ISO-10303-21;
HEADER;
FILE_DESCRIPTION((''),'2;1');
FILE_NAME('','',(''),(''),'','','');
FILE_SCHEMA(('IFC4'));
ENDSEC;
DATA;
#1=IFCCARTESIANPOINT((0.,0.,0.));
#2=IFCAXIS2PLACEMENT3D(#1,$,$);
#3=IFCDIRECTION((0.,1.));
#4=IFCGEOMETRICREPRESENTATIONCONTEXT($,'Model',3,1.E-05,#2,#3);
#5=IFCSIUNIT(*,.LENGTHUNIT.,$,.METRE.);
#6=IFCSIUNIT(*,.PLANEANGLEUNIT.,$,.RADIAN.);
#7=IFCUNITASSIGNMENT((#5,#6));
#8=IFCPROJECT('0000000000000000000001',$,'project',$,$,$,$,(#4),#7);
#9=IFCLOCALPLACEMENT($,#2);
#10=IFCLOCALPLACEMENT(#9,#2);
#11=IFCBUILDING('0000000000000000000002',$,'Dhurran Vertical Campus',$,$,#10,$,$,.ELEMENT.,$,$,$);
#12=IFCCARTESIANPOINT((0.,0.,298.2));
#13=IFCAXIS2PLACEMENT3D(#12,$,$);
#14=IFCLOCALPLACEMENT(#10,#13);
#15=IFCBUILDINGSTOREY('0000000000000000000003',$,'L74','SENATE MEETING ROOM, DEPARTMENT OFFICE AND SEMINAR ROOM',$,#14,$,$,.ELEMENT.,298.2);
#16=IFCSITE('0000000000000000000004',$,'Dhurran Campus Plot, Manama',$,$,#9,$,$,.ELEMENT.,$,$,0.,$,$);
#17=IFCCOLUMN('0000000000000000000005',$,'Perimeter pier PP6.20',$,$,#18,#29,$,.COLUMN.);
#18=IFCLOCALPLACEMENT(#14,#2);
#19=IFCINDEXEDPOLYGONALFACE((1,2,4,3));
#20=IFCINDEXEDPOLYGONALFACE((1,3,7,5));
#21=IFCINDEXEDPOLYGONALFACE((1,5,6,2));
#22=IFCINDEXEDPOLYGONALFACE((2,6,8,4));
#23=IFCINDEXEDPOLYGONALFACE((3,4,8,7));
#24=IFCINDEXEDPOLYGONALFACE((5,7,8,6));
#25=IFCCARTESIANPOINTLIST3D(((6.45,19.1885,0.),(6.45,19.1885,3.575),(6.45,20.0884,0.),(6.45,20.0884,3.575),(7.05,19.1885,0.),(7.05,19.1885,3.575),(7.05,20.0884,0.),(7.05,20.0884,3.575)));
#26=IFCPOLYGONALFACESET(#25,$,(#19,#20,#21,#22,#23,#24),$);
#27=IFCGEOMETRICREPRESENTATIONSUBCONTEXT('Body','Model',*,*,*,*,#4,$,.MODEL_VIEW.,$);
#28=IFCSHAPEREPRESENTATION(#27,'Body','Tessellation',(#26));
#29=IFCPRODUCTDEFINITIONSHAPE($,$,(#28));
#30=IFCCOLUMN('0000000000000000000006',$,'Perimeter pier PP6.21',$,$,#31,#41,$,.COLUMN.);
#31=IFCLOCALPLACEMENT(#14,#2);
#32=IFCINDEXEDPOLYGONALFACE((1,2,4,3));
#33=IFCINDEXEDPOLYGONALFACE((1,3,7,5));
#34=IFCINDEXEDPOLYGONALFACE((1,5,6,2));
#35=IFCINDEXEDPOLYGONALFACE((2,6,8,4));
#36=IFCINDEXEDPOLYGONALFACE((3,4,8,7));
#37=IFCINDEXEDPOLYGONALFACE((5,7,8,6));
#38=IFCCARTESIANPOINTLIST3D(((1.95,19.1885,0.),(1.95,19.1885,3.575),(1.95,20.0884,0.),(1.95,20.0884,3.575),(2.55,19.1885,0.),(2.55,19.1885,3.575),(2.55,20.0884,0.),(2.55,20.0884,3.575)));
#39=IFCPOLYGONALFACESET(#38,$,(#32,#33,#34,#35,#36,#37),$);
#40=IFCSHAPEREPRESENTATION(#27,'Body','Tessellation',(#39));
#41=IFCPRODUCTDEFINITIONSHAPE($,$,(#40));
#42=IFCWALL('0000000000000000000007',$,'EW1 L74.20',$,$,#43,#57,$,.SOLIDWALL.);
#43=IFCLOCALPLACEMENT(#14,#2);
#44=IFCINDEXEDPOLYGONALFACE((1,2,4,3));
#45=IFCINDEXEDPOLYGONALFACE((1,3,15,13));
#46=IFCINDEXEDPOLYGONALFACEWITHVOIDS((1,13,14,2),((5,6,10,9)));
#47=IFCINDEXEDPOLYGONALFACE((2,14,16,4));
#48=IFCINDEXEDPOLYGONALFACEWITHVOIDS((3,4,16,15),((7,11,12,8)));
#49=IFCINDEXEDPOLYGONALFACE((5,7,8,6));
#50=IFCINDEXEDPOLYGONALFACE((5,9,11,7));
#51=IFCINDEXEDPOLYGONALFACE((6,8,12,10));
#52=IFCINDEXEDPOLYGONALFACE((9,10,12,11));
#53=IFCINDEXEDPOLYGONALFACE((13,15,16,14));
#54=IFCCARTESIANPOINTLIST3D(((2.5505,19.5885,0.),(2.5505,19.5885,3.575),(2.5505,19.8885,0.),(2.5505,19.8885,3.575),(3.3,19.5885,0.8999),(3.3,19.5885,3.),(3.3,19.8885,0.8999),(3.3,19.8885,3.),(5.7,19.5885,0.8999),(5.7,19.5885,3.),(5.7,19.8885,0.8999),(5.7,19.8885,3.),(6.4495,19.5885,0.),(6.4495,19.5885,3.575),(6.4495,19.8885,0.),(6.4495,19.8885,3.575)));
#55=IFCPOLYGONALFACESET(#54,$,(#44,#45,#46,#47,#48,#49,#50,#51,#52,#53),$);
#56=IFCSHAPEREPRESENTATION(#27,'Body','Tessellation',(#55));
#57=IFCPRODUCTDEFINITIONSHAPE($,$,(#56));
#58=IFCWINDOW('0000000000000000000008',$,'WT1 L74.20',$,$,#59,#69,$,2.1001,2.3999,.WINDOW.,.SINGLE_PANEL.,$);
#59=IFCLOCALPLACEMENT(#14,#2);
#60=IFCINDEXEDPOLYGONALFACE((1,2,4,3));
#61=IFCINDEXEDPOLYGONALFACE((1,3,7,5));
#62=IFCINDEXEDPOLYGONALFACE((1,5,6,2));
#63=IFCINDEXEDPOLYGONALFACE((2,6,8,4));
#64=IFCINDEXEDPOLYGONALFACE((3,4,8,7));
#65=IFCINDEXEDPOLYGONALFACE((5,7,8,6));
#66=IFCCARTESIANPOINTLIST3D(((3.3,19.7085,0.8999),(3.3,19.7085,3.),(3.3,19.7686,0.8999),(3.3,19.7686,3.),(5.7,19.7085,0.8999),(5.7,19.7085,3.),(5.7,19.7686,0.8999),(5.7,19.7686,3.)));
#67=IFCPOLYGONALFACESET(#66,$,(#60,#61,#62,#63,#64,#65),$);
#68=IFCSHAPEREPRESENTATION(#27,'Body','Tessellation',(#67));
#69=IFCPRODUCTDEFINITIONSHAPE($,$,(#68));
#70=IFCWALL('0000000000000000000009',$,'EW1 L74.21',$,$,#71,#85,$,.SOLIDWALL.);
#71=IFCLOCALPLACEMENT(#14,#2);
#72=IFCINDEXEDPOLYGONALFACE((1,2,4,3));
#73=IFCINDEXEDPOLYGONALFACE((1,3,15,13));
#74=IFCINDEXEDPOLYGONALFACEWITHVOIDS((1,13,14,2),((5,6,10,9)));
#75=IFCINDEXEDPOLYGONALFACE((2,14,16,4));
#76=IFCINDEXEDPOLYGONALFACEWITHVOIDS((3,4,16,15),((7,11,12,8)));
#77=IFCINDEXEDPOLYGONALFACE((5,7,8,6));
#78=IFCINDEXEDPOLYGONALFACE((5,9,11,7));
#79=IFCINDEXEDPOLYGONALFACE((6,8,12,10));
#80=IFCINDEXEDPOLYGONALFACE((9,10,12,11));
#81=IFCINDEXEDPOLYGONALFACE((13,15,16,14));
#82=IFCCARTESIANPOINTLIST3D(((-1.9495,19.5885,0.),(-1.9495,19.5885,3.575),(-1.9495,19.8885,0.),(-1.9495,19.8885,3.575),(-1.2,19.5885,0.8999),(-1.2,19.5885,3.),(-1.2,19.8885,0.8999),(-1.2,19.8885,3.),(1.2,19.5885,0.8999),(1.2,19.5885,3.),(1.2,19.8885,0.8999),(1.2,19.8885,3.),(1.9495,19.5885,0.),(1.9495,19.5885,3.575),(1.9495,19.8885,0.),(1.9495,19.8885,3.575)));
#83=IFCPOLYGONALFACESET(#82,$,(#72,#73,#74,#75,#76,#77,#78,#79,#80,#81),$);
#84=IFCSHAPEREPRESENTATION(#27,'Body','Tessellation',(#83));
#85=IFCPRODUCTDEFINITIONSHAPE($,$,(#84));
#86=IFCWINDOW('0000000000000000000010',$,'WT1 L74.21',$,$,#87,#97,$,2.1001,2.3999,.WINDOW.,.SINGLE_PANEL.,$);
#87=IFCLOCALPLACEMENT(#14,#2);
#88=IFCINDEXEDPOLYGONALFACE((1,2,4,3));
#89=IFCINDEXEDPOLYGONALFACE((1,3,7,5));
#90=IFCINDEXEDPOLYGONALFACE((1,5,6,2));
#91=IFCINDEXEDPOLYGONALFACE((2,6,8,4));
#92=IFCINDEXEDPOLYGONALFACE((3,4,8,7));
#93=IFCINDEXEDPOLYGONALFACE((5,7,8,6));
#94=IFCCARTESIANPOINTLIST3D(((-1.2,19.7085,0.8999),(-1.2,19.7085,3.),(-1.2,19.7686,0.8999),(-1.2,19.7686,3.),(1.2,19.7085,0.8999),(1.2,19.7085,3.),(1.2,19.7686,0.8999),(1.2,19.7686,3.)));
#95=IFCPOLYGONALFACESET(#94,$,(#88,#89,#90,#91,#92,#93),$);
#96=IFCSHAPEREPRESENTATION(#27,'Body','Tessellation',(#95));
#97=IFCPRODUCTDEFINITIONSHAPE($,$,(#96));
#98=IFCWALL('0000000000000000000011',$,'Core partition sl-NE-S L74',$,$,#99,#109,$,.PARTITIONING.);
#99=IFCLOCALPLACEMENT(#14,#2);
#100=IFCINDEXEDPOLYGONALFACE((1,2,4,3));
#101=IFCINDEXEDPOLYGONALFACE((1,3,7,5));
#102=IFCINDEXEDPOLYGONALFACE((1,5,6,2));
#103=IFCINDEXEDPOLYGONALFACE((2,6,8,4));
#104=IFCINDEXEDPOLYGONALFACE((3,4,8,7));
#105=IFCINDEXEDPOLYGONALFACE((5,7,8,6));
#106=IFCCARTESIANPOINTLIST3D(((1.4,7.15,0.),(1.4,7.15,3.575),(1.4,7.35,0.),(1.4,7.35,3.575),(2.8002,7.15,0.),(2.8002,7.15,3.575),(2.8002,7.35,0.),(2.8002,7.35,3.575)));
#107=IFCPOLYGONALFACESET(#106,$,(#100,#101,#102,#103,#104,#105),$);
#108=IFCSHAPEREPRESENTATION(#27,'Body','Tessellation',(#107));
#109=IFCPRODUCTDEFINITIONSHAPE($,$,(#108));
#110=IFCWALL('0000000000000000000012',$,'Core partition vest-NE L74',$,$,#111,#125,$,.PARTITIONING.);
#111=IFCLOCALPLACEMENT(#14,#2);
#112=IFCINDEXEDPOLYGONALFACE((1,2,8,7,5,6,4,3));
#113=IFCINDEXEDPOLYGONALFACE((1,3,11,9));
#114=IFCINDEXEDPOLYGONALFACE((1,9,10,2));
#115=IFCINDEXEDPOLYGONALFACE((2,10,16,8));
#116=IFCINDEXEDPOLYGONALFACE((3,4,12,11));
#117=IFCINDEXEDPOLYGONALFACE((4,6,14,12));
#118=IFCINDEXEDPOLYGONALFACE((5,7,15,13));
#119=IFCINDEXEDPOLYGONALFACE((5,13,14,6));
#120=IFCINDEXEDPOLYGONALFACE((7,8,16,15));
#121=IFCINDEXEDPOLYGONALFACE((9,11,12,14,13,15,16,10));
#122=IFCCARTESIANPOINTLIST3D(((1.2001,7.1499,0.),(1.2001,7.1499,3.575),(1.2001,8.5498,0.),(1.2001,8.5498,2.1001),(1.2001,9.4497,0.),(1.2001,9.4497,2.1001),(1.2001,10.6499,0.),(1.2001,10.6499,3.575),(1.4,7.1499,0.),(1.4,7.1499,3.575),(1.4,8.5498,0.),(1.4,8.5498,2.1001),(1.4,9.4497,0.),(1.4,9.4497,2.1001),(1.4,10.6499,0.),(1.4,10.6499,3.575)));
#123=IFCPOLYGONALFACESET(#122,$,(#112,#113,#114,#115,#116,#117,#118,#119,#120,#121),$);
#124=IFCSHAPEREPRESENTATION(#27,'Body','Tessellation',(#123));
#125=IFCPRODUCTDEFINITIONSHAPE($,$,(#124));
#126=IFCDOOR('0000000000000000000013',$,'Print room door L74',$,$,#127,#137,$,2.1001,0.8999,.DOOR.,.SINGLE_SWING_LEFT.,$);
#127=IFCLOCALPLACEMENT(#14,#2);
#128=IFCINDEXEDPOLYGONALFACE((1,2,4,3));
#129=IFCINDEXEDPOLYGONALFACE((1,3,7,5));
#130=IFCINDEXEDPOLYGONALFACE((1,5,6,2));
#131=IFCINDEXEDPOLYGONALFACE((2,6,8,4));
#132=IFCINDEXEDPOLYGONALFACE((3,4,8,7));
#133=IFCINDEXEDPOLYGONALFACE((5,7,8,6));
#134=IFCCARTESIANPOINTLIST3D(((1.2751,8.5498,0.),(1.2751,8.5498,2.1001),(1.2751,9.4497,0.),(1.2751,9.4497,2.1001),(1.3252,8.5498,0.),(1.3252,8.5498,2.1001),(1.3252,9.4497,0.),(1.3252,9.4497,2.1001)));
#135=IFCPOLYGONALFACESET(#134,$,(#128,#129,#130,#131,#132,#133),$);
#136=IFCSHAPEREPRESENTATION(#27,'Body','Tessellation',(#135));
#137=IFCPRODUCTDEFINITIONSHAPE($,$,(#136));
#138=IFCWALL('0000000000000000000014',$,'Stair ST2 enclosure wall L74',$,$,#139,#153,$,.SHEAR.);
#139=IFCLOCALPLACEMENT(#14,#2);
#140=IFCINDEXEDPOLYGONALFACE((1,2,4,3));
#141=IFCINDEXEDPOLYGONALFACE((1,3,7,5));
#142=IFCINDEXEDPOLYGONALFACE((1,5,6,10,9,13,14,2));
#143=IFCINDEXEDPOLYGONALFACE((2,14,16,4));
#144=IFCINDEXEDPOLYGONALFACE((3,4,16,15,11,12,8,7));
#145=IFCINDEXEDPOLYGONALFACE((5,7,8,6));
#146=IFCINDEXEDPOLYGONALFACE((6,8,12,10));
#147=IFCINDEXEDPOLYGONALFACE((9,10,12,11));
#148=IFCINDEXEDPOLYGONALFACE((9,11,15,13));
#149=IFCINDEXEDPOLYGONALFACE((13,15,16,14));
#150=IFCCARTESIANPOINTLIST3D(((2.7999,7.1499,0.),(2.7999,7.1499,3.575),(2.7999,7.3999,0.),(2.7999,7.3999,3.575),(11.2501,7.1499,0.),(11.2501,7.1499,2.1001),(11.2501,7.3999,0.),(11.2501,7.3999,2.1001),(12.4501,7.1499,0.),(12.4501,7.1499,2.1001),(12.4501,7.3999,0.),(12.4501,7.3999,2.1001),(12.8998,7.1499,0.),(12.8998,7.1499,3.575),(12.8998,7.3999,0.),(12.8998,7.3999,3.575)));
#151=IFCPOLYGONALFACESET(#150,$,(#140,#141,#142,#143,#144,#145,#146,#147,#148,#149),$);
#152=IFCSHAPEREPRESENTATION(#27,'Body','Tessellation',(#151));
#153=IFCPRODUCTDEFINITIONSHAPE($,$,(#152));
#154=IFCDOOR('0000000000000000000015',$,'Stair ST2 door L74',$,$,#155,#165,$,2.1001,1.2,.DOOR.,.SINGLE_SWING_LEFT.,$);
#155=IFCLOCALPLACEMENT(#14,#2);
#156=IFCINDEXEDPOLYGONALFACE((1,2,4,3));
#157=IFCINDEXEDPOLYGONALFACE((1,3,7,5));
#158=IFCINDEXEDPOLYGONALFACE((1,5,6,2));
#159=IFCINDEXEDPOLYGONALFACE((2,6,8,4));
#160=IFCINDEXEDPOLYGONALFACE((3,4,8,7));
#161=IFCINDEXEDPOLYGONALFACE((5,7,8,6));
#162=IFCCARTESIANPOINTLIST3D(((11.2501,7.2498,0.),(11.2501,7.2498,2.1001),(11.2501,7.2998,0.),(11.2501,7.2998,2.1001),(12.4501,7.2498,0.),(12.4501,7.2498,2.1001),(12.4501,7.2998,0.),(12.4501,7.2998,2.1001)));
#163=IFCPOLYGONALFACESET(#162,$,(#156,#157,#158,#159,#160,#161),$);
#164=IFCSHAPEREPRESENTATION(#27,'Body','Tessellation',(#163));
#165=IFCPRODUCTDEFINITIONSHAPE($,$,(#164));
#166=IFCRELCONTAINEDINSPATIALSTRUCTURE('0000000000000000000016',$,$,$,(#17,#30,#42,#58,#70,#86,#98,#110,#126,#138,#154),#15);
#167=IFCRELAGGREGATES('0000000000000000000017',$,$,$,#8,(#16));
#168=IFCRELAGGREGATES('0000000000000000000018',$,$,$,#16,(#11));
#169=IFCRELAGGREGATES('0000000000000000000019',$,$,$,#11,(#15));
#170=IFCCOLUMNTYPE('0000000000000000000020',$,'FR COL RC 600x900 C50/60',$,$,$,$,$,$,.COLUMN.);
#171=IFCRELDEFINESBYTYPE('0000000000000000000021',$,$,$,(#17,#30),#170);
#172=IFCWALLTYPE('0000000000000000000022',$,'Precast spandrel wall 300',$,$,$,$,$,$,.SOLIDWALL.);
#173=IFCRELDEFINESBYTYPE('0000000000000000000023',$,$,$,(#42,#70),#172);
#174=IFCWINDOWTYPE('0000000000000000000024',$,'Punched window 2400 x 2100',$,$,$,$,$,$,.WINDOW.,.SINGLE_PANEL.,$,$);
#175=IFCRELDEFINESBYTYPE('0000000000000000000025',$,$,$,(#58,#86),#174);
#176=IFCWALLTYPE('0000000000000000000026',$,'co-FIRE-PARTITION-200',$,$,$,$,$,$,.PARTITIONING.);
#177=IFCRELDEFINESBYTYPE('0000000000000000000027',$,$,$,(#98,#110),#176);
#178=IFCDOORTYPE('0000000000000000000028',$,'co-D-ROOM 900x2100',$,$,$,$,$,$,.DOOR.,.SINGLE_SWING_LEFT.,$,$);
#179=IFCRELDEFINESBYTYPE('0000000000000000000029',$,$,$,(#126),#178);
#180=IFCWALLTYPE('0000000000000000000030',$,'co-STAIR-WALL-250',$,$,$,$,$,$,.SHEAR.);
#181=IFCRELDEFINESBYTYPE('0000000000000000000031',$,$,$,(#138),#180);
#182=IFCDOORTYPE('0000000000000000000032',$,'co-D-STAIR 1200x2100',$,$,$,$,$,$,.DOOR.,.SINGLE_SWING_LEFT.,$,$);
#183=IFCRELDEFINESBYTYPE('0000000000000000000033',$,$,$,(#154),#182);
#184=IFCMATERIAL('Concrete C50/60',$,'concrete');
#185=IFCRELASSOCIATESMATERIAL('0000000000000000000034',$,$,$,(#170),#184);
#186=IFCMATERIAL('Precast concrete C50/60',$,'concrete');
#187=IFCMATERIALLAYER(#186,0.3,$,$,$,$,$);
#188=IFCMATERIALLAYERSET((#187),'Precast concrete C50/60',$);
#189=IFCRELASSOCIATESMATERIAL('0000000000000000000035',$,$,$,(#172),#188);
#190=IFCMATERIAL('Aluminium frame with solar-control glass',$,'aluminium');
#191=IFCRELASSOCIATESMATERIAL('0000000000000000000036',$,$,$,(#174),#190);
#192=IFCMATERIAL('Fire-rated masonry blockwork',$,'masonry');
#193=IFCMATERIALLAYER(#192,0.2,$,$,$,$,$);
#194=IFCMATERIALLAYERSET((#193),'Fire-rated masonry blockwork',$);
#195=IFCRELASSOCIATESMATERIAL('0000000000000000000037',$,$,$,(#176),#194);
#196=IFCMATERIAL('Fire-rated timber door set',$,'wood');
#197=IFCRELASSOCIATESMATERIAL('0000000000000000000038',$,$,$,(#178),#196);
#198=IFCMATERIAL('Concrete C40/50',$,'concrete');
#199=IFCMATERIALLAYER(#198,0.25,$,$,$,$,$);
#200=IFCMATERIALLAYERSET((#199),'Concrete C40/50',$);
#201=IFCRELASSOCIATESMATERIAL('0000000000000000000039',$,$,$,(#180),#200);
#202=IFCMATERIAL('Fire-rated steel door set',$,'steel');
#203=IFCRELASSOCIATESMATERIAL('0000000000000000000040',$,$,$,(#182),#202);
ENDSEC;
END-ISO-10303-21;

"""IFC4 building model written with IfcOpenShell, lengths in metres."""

from ifc_helpers import new_model, si_unit, direction, frame, frame_2d, origin, origin_2d, place, context, subcontext, project, spatial, rectangle, extrude, material, layer, layer_set, material_profile, profile_set, type_object, element, fill, save


model = new_model("IFC4")

# Units and contexts
model_context = context("Model", 3, precision=1e-05, world=origin(), true_north=direction((0.0, 1.0)))
body_context = subcontext(model_context, "Body", "Model", "MODEL_VIEW")
ifc_project = project(units=[si_unit("LENGTHUNIT", "METRE"), si_unit("PLANEANGLEUNIT", "RADIAN")], contexts=[model_context])

# Site, building, storey
site_placement = place(None, origin())
site = spatial("IfcSite", under=ifc_project, at=site_placement, Name="Dhurran Campus Plot, Manama", CompositionType="ELEMENT", RefElevation=0.0)
building_placement = place(site_placement, origin())
building = spatial("IfcBuilding", under=site, at=building_placement, Name="Dhurran Vertical Campus", CompositionType="ELEMENT")
storey_placement = place(building_placement, frame((0.0, 0.0, 298.2)))
storey = spatial("IfcBuildingStorey", under=building, at=storey_placement, Name="L74", Description="SENATE MEETING ROOM, DEPARTMENT OFFICE AND SEMINAR ROOM", CompositionType="ELEMENT", Elevation=298.2)

# Columns
ifc_material_1 = material(Name="Concrete C50/60", Category="concrete")
ifc_material_profile = material_profile(ifc_material_1, rectangle(XDim=0.6001, YDim=0.8999, at=origin_2d()), Name="RC 600x900")
ifc_profile_set = profile_set([ifc_material_profile], Name="Concrete C50/60")
column_type = type_object("IfcColumnType", Name="FR COL RC 600x900 C50/60", PredefinedType="COLUMN", material=ifc_profile_set)
for number, where, z_axis, x_axis, name in (
    (1, (6.75, 19.6384, 0.0), (0.0, 0.0, 1.0), (-1.0, 0.0, 0.0), "Perimeter pier PP6.20"),
    (2, (2.25, 19.6384, 0.0), (0.0, 0.0, 1.0), (-1.0, 0.0, 0.0), "Perimeter pier PP6.21"),
):
    element("IfcColumn", number, at=place(storey_placement, frame(where, z_axis=z_axis, x_axis=x_axis)), inside=storey, type_object=column_type, Name=name, PredefinedType="COLUMN", context=body_context, shape_type="SweptSolid", body=[
        extrude(rectangle(XDim=0.6001, YDim=0.8999, at=origin_2d()), origin(), (0.0, 0.0, 1.0), 3.575),
    ])

# Walls, openings, windows
ifc_material_2 = material(Name="Precast concrete C50/60", Category="concrete")
ifc_layer_1 = layer(ifc_material_2, 0.3)
ifc_layer_set_1 = layer_set([ifc_layer_1], Name="Precast concrete C50/60")
wall_type_1 = type_object("IfcWallType", Name="Precast spandrel wall 300", PredefinedType="SOLIDWALL", material=ifc_layer_set_1)
wall_1_placement = place(storey_placement, frame((6.4495, 19.7385, 0.0), z_axis=(0.0, 0.0, 1.0), x_axis=(-1.0, 0.0, 0.0)))
wall_1 = element("IfcWall", 3, at=wall_1_placement, inside=storey, type_object=wall_type_1, Name="EW1 L74.20", PredefinedType="SOLIDWALL", context=body_context, shape_type="SweptSolid", body=[
    extrude(rectangle(XDim=3.8989, YDim=0.3, at=frame_2d((1.9495, 0.0))), origin(), (0.0, 0.0, 1.0), 3.575),
])
opening_1_placement = place(wall_1_placement, frame((0.7495, 0.0, 0.8999)))
opening_1 = element("IfcOpeningElement", 4, at=opening_1_placement, cuts=wall_1, PredefinedType="OPENING", context=body_context, shape_type="SweptSolid", body=[
    extrude(rectangle(XDim=2.3999, YDim=2.1001, at=frame_2d((1.2, 1.05))), frame((0.0, 0.1599, 0.0), z_axis=(0.0, -1.0, 0.0), x_axis=(1.0, 0.0, 0.0)), (0.0, 0.0, 1.0), 0.3201),
])
ifc_material_3 = material(Name="Aluminium frame with solar-control glass", Category="aluminium")
window_type = type_object("IfcWindowType", Name="Punched window 2400 x 2100", PartitioningType="SINGLE_PANEL", PredefinedType="WINDOW", material=ifc_material_3)
window_1_placement = place(opening_1_placement, origin())
window_1 = element("IfcWindow", 5, at=window_1_placement, inside=storey, type_object=window_type, Name="WT1 L74.20", OverallHeight=2.1001, OverallWidth=2.3999, PartitioningType="SINGLE_PANEL", PredefinedType="WINDOW", context=body_context, shape_type="SweptSolid", body=[
    extrude(rectangle(XDim=2.3999, YDim=2.1001, at=frame_2d((1.2, 1.05))), frame((0.0, 0.03, 0.0), z_axis=(0.0, -1.0, 0.0), x_axis=(1.0, 0.0, 0.0)), (0.0, 0.0, 1.0), 0.0601),
])
fill(opening_1, window_1)
wall_2_placement = place(storey_placement, frame((1.9495, 19.7385, 0.0), z_axis=(0.0, 0.0, 1.0), x_axis=(-1.0, 0.0, 0.0)))
wall_2 = element("IfcWall", 6, at=wall_2_placement, inside=storey, type_object=wall_type_1, Name="EW1 L74.21", PredefinedType="SOLIDWALL", context=body_context, shape_type="SweptSolid", body=[
    extrude(rectangle(XDim=3.8989, YDim=0.3, at=frame_2d((1.9495, 0.0))), origin(), (0.0, 0.0, 1.0), 3.575),
])
opening_2_placement = place(wall_2_placement, frame((0.7495, 0.0, 0.8999)))
opening_2 = element("IfcOpeningElement", 7, at=opening_2_placement, cuts=wall_2, PredefinedType="OPENING", context=body_context, shape_type="SweptSolid", body=[
    extrude(rectangle(XDim=2.3999, YDim=2.1001, at=frame_2d((1.2, 1.05))), frame((0.0, 0.1599, 0.0), z_axis=(0.0, -1.0, 0.0), x_axis=(1.0, 0.0, 0.0)), (0.0, 0.0, 1.0), 0.3201),
])
window_2_placement = place(opening_2_placement, origin())
window_2 = element("IfcWindow", 8, at=window_2_placement, inside=storey, type_object=window_type, Name="WT1 L74.21", OverallHeight=2.1001, OverallWidth=2.3999, PartitioningType="SINGLE_PANEL", PredefinedType="WINDOW", context=body_context, shape_type="SweptSolid", body=[
    extrude(rectangle(XDim=2.3999, YDim=2.1001, at=frame_2d((1.2, 1.05))), frame((0.0, 0.03, 0.0), z_axis=(0.0, -1.0, 0.0), x_axis=(1.0, 0.0, 0.0)), (0.0, 0.0, 1.0), 0.0601),
])
fill(opening_2, window_2)

# Wall
ifc_material_4 = material(Name="Fire-rated masonry blockwork", Category="masonry")
ifc_layer_2 = layer(ifc_material_4, 0.2)
ifc_layer_set_2 = layer_set([ifc_layer_2], Name="Fire-rated masonry blockwork")
wall_type_2 = type_object("IfcWallType", Name="co-FIRE-PARTITION-200", PredefinedType="PARTITIONING", material=ifc_layer_set_2)
wall_3_placement = place(storey_placement, frame((1.3999, 7.25, 0.0), z_axis=(0.0, 0.0, 1.0), x_axis=(1.0, 0.0, 0.0)))
element("IfcWall", 9, at=wall_3_placement, inside=storey, type_object=wall_type_2, Name="Core partition sl-NE-S L74", PredefinedType="PARTITIONING", context=body_context, shape_type="SweptSolid", body=[
    extrude(rectangle(XDim=1.4001, YDim=0.2, at=frame_2d((0.7002, 0.0))), origin(), (0.0, 0.0, 1.0), 3.575),
])

# Walls, openings, doors
wall_4_placement = place(storey_placement, frame((1.3, 7.1499, 0.0), z_axis=(0.0, 0.0, 1.0), x_axis=(0.0, 1.0, 0.0)))
wall_4 = element("IfcWall", 10, at=wall_4_placement, inside=storey, type_object=wall_type_2, Name="Core partition vest-NE L74", PredefinedType="PARTITIONING", context=body_context, shape_type="SweptSolid", body=[
    extrude(rectangle(XDim=3.5, YDim=0.2, at=frame_2d((1.75, 0.0))), origin(), (0.0, 0.0, 1.0), 3.575),
])
opening_3_placement = place(wall_4_placement, frame((1.3999, 0.0, 0.0)))
opening_3 = element("IfcOpeningElement", 11, at=opening_3_placement, cuts=wall_4, PredefinedType="OPENING", context=body_context, shape_type="SweptSolid", body=[
    extrude(rectangle(XDim=0.8999, YDim=2.1001, at=frame_2d((0.45, 1.05))), frame((0.0, 0.1099, 0.0), z_axis=(0.0, -1.0, 0.0), x_axis=(1.0, 0.0, 0.0)), (0.0, 0.0, 1.0), 0.22),
])
ifc_material_5 = material(Name="Fire-rated timber door set", Category="wood")
door_type_1 = type_object("IfcDoorType", Name="co-D-ROOM 900x2100", OperationType="SINGLE_SWING_LEFT", PredefinedType="DOOR", material=ifc_material_5)
door_1_placement = place(opening_3_placement, origin())
door_1 = element("IfcDoor", 12, at=door_1_placement, inside=storey, type_object=door_type_1, Name="Print room door L74", OperationType="SINGLE_SWING_LEFT", OverallHeight=2.1001, OverallWidth=0.8999, PredefinedType="DOOR", context=body_context, shape_type="SweptSolid", body=[
    extrude(rectangle(XDim=0.8999, YDim=2.1001, at=frame_2d((0.45, 1.05))), frame((0.0, 0.0249, 0.0), z_axis=(0.0, -1.0, 0.0), x_axis=(1.0, 0.0, 0.0)), (0.0, 0.0, 1.0), 0.05),
])
fill(opening_3, door_1)
ifc_material_6 = material(Name="Concrete C40/50", Category="concrete")
ifc_layer_3 = layer(ifc_material_6, 0.25)
ifc_layer_set_3 = layer_set([ifc_layer_3], Name="Concrete C40/50")
wall_type_3 = type_object("IfcWallType", Name="co-STAIR-WALL-250", PredefinedType="SHEAR", material=ifc_layer_set_3)
wall_5_placement = place(storey_placement, frame((2.8, 7.2749, 0.0), z_axis=(0.0, 0.0, 1.0), x_axis=(1.0, 0.0, 0.0)))
wall_5 = element("IfcWall", 13, at=wall_5_placement, inside=storey, type_object=wall_type_3, Name="Stair ST2 enclosure wall L74", PredefinedType="SHEAR", context=body_context, shape_type="SweptSolid", body=[
    extrude(rectangle(XDim=10.0999, YDim=0.25, at=frame_2d((5.0498, 0.0))), origin(), (0.0, 0.0, 1.0), 3.575),
])
opening_4_placement = place(wall_5_placement, frame((8.45, 0.0, 0.0)))
opening_4 = element("IfcOpeningElement", 14, at=opening_4_placement, cuts=wall_5, PredefinedType="OPENING", context=body_context, shape_type="SweptSolid", body=[
    extrude(rectangle(XDim=1.2, YDim=2.1001, at=frame_2d((0.6001, 1.05))), frame((0.0, 0.135, 0.0), z_axis=(0.0, -1.0, 0.0), x_axis=(1.0, 0.0, 0.0)), (0.0, 0.0, 1.0), 0.27),
])
ifc_material_7 = material(Name="Fire-rated steel door set", Category="steel")
door_type_2 = type_object("IfcDoorType", Name="co-D-STAIR 1200x2100", OperationType="SINGLE_SWING_LEFT", PredefinedType="DOOR", material=ifc_material_7)
door_2_placement = place(opening_4_placement, origin())
door_2 = element("IfcDoor", 15, at=door_2_placement, inside=storey, type_object=door_type_2, Name="Stair ST2 door L74", OperationType="SINGLE_SWING_LEFT", OverallHeight=2.1001, OverallWidth=1.2, PredefinedType="DOOR", context=body_context, shape_type="SweptSolid", body=[
    extrude(rectangle(XDim=1.2, YDim=2.1001, at=frame_2d((0.6001, 1.05))), frame((0.0, 0.0249, 0.0), z_axis=(0.0, -1.0, 0.0), x_axis=(1.0, 0.0, 0.0)), (0.0, 0.0, 1.0), 0.05),
])
fill(opening_4, door_2)

save(model, "model.ifc")
